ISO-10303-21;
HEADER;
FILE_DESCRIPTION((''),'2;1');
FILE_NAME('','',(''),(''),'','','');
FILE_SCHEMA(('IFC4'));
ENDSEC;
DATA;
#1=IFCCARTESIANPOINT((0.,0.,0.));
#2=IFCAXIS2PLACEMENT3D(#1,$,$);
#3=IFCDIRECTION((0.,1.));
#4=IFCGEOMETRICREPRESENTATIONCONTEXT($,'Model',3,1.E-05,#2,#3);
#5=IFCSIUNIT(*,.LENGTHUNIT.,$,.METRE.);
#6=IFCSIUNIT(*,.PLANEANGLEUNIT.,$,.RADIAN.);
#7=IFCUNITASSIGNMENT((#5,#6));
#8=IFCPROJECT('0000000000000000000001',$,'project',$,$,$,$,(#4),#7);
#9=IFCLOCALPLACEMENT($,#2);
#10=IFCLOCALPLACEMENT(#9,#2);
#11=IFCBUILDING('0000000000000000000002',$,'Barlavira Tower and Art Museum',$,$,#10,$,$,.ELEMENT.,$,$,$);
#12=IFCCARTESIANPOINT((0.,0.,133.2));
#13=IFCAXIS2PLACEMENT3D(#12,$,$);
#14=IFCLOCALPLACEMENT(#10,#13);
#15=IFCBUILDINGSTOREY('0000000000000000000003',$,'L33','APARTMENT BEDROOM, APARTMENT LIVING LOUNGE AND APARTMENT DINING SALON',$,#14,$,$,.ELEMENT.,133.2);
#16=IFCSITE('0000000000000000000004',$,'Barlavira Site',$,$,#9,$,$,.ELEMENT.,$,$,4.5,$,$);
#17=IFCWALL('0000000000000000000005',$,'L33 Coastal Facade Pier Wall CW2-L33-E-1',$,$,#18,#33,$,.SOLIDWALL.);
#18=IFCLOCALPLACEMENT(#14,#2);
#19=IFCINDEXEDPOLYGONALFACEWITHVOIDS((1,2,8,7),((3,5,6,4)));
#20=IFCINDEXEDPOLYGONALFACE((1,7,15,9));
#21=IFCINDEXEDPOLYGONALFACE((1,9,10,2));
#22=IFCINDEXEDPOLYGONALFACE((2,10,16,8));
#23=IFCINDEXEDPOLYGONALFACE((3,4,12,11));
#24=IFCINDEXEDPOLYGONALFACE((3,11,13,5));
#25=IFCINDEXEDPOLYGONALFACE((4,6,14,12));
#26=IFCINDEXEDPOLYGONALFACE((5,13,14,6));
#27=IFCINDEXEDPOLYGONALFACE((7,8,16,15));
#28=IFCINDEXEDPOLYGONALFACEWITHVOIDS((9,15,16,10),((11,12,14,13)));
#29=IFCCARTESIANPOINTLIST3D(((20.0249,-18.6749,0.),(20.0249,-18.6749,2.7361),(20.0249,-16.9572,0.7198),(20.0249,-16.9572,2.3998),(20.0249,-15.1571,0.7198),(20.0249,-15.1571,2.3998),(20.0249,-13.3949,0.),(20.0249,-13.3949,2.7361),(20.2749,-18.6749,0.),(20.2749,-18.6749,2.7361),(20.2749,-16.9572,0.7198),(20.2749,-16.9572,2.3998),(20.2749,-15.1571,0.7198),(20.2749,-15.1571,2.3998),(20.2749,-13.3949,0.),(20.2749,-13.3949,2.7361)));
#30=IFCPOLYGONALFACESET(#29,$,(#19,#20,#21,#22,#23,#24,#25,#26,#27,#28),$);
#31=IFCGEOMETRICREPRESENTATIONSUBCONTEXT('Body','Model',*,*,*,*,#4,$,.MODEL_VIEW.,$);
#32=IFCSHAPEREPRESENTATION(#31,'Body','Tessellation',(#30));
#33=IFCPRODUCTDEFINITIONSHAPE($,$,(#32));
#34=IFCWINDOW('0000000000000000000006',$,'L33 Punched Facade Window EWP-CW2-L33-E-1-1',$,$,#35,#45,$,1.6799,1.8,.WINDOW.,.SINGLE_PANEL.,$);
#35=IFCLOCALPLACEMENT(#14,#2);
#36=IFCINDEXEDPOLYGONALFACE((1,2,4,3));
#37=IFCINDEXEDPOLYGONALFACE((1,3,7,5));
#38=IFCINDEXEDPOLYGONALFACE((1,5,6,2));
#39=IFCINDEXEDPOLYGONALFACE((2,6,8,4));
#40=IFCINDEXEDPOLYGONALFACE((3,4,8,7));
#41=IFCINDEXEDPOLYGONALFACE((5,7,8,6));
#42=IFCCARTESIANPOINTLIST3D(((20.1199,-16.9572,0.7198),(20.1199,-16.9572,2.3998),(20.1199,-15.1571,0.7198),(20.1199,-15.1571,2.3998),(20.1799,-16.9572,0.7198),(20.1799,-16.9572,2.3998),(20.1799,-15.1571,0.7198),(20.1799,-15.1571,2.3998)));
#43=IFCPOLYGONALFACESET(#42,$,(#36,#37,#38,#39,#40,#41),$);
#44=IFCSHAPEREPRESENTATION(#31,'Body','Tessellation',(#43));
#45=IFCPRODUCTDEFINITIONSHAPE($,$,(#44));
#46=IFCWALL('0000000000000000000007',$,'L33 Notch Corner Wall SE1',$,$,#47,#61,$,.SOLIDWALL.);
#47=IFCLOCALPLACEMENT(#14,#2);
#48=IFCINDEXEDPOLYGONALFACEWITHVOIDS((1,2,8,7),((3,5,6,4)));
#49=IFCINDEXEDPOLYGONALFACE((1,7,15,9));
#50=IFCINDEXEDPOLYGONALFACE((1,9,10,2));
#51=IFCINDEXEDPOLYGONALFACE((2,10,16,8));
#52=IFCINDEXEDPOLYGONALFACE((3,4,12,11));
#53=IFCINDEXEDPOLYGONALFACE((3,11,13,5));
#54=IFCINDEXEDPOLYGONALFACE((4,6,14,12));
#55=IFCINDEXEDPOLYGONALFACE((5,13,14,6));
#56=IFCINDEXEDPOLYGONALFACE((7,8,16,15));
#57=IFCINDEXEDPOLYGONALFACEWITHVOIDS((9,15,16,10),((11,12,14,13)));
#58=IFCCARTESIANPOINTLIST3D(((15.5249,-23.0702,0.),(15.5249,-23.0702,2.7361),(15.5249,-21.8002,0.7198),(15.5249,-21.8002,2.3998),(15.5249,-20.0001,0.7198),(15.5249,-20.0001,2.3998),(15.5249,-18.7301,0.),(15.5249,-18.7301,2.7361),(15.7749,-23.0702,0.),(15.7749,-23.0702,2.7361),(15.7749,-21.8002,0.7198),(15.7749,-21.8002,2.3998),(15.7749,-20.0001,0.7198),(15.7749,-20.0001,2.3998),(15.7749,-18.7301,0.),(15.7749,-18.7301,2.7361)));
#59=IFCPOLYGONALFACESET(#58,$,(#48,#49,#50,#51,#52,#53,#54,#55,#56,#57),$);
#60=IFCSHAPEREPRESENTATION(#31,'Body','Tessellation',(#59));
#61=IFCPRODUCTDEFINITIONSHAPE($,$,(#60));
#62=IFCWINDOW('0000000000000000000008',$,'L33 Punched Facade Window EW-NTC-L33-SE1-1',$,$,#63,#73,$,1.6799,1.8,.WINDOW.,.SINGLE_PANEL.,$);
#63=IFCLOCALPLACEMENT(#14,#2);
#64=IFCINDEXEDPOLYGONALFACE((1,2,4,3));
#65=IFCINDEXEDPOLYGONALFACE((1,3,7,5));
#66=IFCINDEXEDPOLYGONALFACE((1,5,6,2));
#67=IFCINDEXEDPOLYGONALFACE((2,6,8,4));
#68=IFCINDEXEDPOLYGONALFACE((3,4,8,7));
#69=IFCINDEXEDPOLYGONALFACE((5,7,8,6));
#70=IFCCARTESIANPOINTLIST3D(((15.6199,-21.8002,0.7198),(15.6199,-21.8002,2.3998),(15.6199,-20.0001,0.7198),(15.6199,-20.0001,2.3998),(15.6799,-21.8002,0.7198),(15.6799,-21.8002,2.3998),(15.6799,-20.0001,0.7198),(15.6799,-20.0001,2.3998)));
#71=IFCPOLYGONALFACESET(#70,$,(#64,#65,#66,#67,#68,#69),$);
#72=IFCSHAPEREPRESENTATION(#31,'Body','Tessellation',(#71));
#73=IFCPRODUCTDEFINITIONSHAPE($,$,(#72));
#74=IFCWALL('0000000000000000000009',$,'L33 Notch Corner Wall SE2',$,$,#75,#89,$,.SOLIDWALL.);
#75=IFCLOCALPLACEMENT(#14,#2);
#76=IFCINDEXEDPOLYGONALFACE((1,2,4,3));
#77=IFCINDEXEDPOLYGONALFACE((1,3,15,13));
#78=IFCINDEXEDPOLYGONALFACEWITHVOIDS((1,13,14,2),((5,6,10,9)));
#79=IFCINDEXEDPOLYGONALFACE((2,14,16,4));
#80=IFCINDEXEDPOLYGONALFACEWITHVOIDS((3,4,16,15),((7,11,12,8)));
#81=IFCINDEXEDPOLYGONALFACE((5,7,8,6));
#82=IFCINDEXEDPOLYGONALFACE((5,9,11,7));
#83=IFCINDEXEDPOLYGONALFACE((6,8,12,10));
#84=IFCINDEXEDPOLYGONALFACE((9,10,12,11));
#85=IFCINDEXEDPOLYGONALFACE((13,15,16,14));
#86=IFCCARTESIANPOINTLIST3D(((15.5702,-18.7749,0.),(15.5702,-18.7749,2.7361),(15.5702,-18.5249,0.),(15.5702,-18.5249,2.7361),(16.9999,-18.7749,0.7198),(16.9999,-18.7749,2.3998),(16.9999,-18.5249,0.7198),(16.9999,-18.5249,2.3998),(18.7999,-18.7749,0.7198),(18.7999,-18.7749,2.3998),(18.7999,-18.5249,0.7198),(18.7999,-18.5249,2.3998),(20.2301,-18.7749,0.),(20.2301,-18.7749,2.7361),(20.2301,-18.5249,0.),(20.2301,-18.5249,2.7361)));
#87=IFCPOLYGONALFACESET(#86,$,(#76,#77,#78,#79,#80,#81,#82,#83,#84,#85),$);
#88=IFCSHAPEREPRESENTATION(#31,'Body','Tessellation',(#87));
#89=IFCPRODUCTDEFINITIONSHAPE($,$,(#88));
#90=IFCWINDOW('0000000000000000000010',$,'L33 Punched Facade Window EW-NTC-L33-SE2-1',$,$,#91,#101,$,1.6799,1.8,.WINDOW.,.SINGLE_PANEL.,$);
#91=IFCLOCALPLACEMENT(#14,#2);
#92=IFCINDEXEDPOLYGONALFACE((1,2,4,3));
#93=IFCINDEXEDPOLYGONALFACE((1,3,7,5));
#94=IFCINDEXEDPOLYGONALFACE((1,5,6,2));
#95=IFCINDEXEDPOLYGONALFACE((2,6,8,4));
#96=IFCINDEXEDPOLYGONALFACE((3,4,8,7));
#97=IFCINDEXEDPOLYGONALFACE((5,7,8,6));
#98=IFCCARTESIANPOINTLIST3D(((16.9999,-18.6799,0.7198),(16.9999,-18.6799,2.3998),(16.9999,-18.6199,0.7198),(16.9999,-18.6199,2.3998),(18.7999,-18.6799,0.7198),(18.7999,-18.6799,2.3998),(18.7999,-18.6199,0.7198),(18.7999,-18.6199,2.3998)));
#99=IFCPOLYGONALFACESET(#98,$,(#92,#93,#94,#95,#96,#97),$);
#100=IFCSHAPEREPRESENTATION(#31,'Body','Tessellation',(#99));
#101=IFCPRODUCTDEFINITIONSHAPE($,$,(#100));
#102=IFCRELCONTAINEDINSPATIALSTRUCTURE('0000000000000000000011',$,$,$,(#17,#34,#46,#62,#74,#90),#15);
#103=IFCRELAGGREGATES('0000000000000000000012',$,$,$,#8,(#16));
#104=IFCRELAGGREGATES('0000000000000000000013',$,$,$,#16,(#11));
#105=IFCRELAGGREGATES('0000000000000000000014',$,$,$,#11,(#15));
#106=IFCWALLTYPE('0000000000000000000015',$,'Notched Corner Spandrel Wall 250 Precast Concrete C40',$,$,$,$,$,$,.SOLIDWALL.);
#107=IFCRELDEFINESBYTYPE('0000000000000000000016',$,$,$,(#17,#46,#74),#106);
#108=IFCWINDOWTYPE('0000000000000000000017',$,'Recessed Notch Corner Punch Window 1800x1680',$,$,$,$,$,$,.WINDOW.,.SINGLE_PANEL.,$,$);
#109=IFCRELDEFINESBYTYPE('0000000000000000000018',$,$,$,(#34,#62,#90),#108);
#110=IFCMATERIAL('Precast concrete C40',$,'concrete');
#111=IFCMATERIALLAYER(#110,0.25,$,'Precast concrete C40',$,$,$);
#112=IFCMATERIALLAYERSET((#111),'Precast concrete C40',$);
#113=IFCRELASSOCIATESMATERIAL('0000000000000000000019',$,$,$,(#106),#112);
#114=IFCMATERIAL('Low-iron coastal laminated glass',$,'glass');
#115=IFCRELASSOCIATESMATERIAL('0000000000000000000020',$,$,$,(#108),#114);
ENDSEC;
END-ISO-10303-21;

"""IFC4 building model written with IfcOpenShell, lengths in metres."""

from ifc_helpers import new_model, si_unit, direction, frame, frame_2d, origin, place, context, subcontext, project, spatial, rectangle, extrude, material, layer, layer_set, type_object, element, fill, save


model = new_model("IFC4")

# Units and contexts
model_context = context("Model", 3, precision=1e-05, world=origin(), true_north=direction((0.0, 1.0)))
body_context = subcontext(model_context, "Body", "Model", "MODEL_VIEW")
ifc_project = project(units=[si_unit("LENGTHUNIT", "METRE"), si_unit("PLANEANGLEUNIT", "RADIAN")], contexts=[model_context])

# Site, building, storey
site_placement = place(None, origin())
site = spatial("IfcSite", under=ifc_project, at=site_placement, Name="Barlavira Site", CompositionType="ELEMENT", RefElevation=4.5)
building_placement = place(site_placement, origin())
building = spatial("IfcBuilding", under=site, at=building_placement, Name="Barlavira Tower and Art Museum", CompositionType="ELEMENT")
storey_placement = place(building_placement, frame((0.0, 0.0, 133.2)))
storey = spatial("IfcBuildingStorey", under=building, at=storey_placement, Name="L33", Description="APARTMENT BEDROOM, APARTMENT LIVING LOUNGE AND APARTMENT DINING SALON", CompositionType="ELEMENT", Elevation=133.2)

# Walls, openings, windows
ifc_material_1 = material(Name="Precast concrete C40", Category="concrete")
ifc_layer_1 = layer(ifc_material_1, 0.25, Name="Precast concrete C40")
ifc_layer_set_1 = layer_set([ifc_layer_1], Name="Precast concrete C40")
wall_type_1 = type_object("IfcWallType", Name="Notched Corner Spandrel Wall 250 Precast Concrete C40", PredefinedType="SOLIDWALL", material=ifc_layer_set_1)
ifc_material_2 = material(Name="Low-iron coastal laminated glass", Category="glass")
window_type = type_object("IfcWindowType", Name="Recessed Notch Corner Punch Window 1800x1680", PartitioningType="SINGLE_PANEL", PredefinedType="WINDOW", material=ifc_material_2)
wall_1_placement = place(storey_placement, frame((20.1499, -18.675, 0.0), z_axis=(0.0, 0.0, 1.0), x_axis=(0.0, 1.0, 0.0)))
wall_1 = element("IfcWall", 1, at=wall_1_placement, inside=storey, type_object=wall_type_1, Name="L33 Coastal Facade Pier Wall CW2-L33-E-1", PredefinedType="SOLIDWALL", context=body_context, shape_type="SweptSolid", body=[
    extrude(rectangle(XDim=5.28, YDim=0.25, at=frame_2d((2.6401, 0.0))), origin(), (0.0, 0.0, 1.0), 2.7361),
])
opening_1_placement = place(wall_1_placement, frame((1.718, 0.0, 0.72)))
opening_1 = element("IfcOpeningElement", 2, at=opening_1_placement, cuts=wall_1, PredefinedType="OPENING", context=body_context, shape_type="SweptSolid", body=[
    extrude(rectangle(XDim=1.8, YDim=1.6799, at=frame_2d((0.8999, 0.8398))), frame((0.0, 0.135, 0.0), z_axis=(0.0, -1.0, 0.0), x_axis=(1.0, 0.0, 0.0)), (0.0, 0.0, 1.0), 0.27),
])
window_1_placement = place(opening_1_placement, origin())
window_1 = element("IfcWindow", 3, at=window_1_placement, inside=storey, type_object=window_type, Name="L33 Punched Facade Window EWP-CW2-L33-E-1-1", OverallHeight=1.6799, OverallWidth=1.8, PartitioningType="SINGLE_PANEL", PredefinedType="WINDOW", context=body_context, shape_type="SweptSolid", body=[
    extrude(rectangle(XDim=1.8, YDim=1.6799, at=frame_2d((0.8999, 0.8398))), frame((0.0, 0.03, 0.0), z_axis=(0.0, -1.0, 0.0), x_axis=(1.0, 0.0, 0.0)), (0.0, 0.0, 1.0), 0.0601),
])
fill(opening_1, window_1)
wall_2_placement = place(storey_placement, frame((15.6499, -23.0701, 0.0), z_axis=(0.0, 0.0, 1.0), x_axis=(0.0, 1.0, 0.0)))
wall_2 = element("IfcWall", 4, at=wall_2_placement, inside=storey, type_object=wall_type_1, Name="L33 Notch Corner Wall SE1", PredefinedType="SOLIDWALL", context=body_context, shape_type="SweptSolid", body=[
    extrude(rectangle(XDim=4.3401, YDim=0.25, at=frame_2d((2.1699, 0.0))), origin(), (0.0, 0.0, 1.0), 2.7361),
])
opening_2_placement = place(wall_2_placement, frame((1.27, 0.0, 0.72)))
opening_2 = element("IfcOpeningElement", 5, at=opening_2_placement, cuts=wall_2, PredefinedType="OPENING", context=body_context, shape_type="SweptSolid", body=[
    extrude(rectangle(XDim=1.8, YDim=1.6799, at=frame_2d((0.8999, 0.8398))), frame((0.0, 0.135, 0.0), z_axis=(0.0, -1.0, 0.0), x_axis=(1.0, 0.0, 0.0)), (0.0, 0.0, 1.0), 0.27),
])
window_2_placement = place(opening_2_placement, origin())
window_2 = element("IfcWindow", 6, at=window_2_placement, inside=storey, type_object=window_type, Name="L33 Punched Facade Window EW-NTC-L33-SE1-1", OverallHeight=1.6799, OverallWidth=1.8, PartitioningType="SINGLE_PANEL", PredefinedType="WINDOW", context=body_context, shape_type="SweptSolid", body=[
    extrude(rectangle(XDim=1.8, YDim=1.6799, at=frame_2d((0.8999, 0.8398))), frame((0.0, 0.03, 0.0), z_axis=(0.0, -1.0, 0.0), x_axis=(1.0, 0.0, 0.0)), (0.0, 0.0, 1.0), 0.0601),
])
fill(opening_2, window_2)
wall_3_placement = place(storey_placement, frame((15.5701, -18.6499, 0.0), z_axis=(0.0, 0.0, 1.0), x_axis=(1.0, 0.0, 0.0)))
wall_3 = element("IfcWall", 7, at=wall_3_placement, inside=storey, type_object=wall_type_1, Name="L33 Notch Corner Wall SE2", PredefinedType="SOLIDWALL", context=body_context, shape_type="SweptSolid", body=[
    extrude(rectangle(XDim=4.6599, YDim=0.25, at=frame_2d((2.3301, 0.0))), origin(), (0.0, 0.0, 1.0), 2.7361),
])
opening_3_placement = place(wall_3_placement, frame((1.4299, 0.0, 0.72)))
opening_3 = element("IfcOpeningElement", 8, at=opening_3_placement, cuts=wall_3, PredefinedType="OPENING", context=body_context, shape_type="SweptSolid", body=[
    extrude(rectangle(XDim=1.8, YDim=1.6799, at=frame_2d((0.8999, 0.8398))), frame((0.0, 0.135, 0.0), z_axis=(0.0, -1.0, 0.0), x_axis=(1.0, 0.0, 0.0)), (0.0, 0.0, 1.0), 0.27),
])
window_3_placement = place(opening_3_placement, origin())
window_3 = element("IfcWindow", 9, at=window_3_placement, inside=storey, type_object=window_type, Name="L33 Punched Facade Window EW-NTC-L33-SE2-1", OverallHeight=1.6799, OverallWidth=1.8, PartitioningType="SINGLE_PANEL", PredefinedType="WINDOW", context=body_context, shape_type="SweptSolid", body=[
    extrude(rectangle(XDim=1.8, YDim=1.6799, at=frame_2d((0.8999, 0.8398))), frame((0.0, 0.03, 0.0), z_axis=(0.0, -1.0, 0.0), x_axis=(1.0, 0.0, 0.0)), (0.0, 0.0, 1.0), 0.0601),
])
fill(opening_3, window_3)

save(model, "model.ifc")
